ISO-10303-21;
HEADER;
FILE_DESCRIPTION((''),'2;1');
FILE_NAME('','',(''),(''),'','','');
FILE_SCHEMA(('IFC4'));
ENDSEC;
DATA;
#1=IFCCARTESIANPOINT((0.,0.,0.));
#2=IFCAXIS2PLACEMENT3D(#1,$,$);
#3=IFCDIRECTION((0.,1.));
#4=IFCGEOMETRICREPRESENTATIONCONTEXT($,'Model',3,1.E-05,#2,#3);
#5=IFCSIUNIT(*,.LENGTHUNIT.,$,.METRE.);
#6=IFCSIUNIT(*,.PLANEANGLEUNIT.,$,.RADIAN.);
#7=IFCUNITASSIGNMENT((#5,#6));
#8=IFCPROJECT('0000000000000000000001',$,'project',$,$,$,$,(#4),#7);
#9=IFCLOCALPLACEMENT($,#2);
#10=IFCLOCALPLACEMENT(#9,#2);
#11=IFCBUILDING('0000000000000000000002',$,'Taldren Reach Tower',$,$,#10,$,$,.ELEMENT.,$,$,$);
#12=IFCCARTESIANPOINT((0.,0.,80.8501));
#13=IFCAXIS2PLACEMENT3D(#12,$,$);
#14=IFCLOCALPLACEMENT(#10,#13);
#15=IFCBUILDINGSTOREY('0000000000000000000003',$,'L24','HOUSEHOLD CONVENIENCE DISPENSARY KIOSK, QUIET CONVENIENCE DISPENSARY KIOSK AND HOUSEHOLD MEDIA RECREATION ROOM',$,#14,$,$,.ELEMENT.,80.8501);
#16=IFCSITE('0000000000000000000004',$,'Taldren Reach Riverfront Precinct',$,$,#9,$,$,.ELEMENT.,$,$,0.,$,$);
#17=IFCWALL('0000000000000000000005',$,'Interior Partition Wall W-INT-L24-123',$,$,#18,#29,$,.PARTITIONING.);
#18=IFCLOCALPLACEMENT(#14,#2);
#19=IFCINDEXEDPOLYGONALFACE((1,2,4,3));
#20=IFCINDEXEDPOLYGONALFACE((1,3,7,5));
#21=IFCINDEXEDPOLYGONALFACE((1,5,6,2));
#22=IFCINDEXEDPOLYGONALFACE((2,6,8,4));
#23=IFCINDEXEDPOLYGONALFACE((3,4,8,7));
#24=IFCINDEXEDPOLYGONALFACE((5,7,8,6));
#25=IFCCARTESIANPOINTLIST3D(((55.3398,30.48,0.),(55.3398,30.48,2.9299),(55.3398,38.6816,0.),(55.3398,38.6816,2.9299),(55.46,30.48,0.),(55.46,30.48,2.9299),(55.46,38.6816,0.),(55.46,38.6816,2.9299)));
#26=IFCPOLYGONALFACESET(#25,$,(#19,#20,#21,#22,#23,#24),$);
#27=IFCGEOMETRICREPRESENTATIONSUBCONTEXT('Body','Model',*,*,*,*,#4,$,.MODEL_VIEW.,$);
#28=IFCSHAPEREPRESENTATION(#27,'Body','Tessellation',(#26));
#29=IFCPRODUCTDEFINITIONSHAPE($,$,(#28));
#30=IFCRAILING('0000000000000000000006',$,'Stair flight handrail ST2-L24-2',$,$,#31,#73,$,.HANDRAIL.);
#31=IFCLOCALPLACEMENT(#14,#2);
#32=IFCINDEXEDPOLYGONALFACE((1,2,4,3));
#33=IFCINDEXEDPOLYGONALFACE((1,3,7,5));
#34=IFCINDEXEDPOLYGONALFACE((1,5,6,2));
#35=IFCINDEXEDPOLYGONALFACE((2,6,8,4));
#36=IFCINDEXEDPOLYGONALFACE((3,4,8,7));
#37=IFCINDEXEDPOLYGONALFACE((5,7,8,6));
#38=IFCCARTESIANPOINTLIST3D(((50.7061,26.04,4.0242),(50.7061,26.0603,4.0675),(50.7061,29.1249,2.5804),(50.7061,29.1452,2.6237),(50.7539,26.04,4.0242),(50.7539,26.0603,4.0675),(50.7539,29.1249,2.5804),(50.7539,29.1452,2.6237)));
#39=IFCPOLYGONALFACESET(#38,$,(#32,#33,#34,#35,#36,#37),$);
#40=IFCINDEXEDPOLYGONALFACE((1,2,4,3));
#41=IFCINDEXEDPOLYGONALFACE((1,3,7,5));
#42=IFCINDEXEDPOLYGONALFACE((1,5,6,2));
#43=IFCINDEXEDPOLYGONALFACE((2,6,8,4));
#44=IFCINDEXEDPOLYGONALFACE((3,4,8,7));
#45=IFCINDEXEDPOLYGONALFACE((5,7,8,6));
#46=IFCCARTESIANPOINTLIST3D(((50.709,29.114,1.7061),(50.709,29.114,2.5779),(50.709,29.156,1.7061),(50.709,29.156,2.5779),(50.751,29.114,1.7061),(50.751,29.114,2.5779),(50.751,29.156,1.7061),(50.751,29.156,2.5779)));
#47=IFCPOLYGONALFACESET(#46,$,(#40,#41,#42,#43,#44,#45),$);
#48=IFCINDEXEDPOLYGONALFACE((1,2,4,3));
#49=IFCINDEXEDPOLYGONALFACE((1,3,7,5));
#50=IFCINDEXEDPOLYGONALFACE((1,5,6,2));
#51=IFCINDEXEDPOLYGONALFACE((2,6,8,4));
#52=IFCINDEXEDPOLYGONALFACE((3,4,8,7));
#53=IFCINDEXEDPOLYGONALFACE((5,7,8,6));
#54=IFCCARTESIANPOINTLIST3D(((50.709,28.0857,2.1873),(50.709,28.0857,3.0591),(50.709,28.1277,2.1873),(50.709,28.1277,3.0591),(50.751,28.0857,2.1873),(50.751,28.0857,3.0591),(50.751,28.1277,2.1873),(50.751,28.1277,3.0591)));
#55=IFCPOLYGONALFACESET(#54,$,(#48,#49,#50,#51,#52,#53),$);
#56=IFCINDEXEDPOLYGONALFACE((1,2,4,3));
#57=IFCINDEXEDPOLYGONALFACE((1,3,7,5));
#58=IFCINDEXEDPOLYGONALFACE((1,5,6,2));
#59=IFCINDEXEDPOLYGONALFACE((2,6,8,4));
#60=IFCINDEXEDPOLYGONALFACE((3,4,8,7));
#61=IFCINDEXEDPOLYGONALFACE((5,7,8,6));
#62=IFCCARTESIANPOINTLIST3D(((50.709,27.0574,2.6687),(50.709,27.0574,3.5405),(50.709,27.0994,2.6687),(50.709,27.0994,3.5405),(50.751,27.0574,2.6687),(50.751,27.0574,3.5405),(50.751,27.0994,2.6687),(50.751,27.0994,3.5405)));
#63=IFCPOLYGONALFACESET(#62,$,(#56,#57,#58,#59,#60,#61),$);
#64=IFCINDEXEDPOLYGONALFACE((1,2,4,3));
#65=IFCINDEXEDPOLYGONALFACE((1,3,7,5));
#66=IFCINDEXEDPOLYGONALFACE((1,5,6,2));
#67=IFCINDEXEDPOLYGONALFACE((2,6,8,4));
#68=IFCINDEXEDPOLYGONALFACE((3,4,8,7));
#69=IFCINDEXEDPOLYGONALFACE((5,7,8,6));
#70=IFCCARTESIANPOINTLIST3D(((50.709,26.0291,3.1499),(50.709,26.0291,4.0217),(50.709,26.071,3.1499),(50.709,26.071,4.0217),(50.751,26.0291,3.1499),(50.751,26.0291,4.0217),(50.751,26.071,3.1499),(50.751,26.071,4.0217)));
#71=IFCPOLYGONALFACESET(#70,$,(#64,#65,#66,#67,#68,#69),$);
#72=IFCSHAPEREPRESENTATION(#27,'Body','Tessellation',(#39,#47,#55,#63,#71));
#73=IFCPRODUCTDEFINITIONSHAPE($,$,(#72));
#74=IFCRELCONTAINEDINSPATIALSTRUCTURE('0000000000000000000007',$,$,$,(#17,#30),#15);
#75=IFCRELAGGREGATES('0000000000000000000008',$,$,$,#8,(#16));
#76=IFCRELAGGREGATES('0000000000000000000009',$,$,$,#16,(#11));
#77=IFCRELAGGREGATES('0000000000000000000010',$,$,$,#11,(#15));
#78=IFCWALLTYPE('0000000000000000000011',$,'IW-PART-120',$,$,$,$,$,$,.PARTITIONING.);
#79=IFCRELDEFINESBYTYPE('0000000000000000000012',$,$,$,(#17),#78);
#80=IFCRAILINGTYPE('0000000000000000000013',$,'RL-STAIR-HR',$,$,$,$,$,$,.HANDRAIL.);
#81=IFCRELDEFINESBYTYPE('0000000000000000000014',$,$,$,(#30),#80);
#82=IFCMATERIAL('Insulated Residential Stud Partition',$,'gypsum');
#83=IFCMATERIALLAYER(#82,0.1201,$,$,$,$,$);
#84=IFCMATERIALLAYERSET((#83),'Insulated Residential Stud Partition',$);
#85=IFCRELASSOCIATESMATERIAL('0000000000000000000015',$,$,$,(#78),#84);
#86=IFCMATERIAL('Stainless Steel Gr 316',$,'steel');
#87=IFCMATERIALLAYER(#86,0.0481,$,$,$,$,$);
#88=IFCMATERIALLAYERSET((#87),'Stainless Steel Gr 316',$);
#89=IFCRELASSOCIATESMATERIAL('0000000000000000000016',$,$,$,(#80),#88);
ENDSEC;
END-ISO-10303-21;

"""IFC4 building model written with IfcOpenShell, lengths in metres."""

from ifc_helpers import new_model, si_unit, direction, frame, frame_2d, origin, origin_2d, place, context, subcontext, project, spatial, rectangle, extrude, source, transform, mapped, material, layer, layer_set, type_object, element, save


model = new_model("IFC4")

# Units and contexts
model_context = context("Model", 3, precision=1e-05, world=origin(), true_north=direction((0.0, 1.0)))
body_context = subcontext(model_context, "Body", "Model", "MODEL_VIEW")
ifc_project = project(units=[si_unit("LENGTHUNIT", "METRE"), si_unit("PLANEANGLEUNIT", "RADIAN")], contexts=[model_context])

# Site, building, storey
site_placement = place(None, origin())
site = spatial("IfcSite", under=ifc_project, at=site_placement, Name="Taldren Reach Riverfront Precinct", CompositionType="ELEMENT", RefElevation=0.0)
building_placement = place(site_placement, origin())
building = spatial("IfcBuilding", under=site, at=building_placement, Name="Taldren Reach Tower", CompositionType="ELEMENT")
storey_placement = place(building_placement, frame((0.0, 0.0, 80.8501)))
storey = spatial("IfcBuildingStorey", under=building, at=storey_placement, Name="L24", Description="HOUSEHOLD CONVENIENCE DISPENSARY KIOSK, QUIET CONVENIENCE DISPENSARY KIOSK AND HOUSEHOLD MEDIA RECREATION ROOM", CompositionType="ELEMENT", Elevation=80.8501)

# Shared definitions
ifc_material_1 = material(Name="Insulated Residential Stud Partition", Category="gypsum")
ifc_layer_1 = layer(ifc_material_1, 0.1201)
ifc_layer_set_1 = layer_set([ifc_layer_1], Name="Insulated Residential Stud Partition")
wall_type_1 = type_object("IfcWallType", Name="IW-PART-120", PredefinedType="PARTITIONING", material=ifc_layer_set_1)

# Wall
shared_shape_1 = source(origin(), body_context, "Body", "SweptSolid", [
    extrude(rectangle(XDim=8.2017, YDim=0.1201, at=frame_2d((4.1008, 0.0))), origin(), (0.0, 0.0, 1.0), 2.9299),
])
wall_1_placement = place(storey_placement, frame((55.3999, 30.48, 0.0), z_axis=(0.0, 0.0, 1.0), x_axis=(0.0, 1.0, 0.0)))
element("IfcWall", 1, at=wall_1_placement, inside=storey, type_object=wall_type_1, Name="Interior Partition Wall W-INT-L24-123", PredefinedType="PARTITIONING", context=body_context, shape_type="MappedRepresentation", body=[
    mapped(shared_shape_1, transform((0.0, 0.0, 0.0), scale=1.0)),
])

# Railing
ifc_material_2 = material(Name="Stainless Steel Gr 316", Category="steel")
ifc_layer_2 = layer(ifc_material_2, 0.0481)
ifc_layer_set_2 = layer_set([ifc_layer_2], Name="Stainless Steel Gr 316")
railing_type = type_object("IfcRailingType", Name="RL-STAIR-HR", PredefinedType="HANDRAIL", material=ifc_layer_set_2)
railing_placement = place(storey_placement, frame((50.73, 29.135, 1.7061)))
element("IfcRailing", 2, at=railing_placement, inside=storey, type_object=railing_type, Name="Stair flight handrail ST2-L24-2", PredefinedType="HANDRAIL", context=body_context, shape_type="SweptSolid", body=[
    extrude(rectangle(XDim=0.0479, YDim=0.0479, at=origin_2d()), frame((0.0, 0.0, 0.896), z_axis=(0.0, -0.90571, 0.423898), x_axis=(1.0, 0.0, 0.0)), (0.0, 0.0, 1.0), 3.406),
    extrude(rectangle(XDim=0.042, YDim=0.042, at=origin_2d()), origin(), (0.0, 0.0, 1.0), 0.8718),
    extrude(rectangle(XDim=0.042, YDim=0.042, at=origin_2d()), frame((0.0, -1.0283, 0.4812)), (0.0, 0.0, 1.0), 0.8718),
    extrude(rectangle(XDim=0.042, YDim=0.042, at=origin_2d()), frame((0.0, -2.0566, 0.9626)), (0.0, 0.0, 1.0), 0.8718),
    extrude(rectangle(XDim=0.042, YDim=0.042, at=origin_2d()), frame((0.0, -3.085, 1.4438)), (0.0, 0.0, 1.0), 0.8718),
])

save(model, "model.ifc")
